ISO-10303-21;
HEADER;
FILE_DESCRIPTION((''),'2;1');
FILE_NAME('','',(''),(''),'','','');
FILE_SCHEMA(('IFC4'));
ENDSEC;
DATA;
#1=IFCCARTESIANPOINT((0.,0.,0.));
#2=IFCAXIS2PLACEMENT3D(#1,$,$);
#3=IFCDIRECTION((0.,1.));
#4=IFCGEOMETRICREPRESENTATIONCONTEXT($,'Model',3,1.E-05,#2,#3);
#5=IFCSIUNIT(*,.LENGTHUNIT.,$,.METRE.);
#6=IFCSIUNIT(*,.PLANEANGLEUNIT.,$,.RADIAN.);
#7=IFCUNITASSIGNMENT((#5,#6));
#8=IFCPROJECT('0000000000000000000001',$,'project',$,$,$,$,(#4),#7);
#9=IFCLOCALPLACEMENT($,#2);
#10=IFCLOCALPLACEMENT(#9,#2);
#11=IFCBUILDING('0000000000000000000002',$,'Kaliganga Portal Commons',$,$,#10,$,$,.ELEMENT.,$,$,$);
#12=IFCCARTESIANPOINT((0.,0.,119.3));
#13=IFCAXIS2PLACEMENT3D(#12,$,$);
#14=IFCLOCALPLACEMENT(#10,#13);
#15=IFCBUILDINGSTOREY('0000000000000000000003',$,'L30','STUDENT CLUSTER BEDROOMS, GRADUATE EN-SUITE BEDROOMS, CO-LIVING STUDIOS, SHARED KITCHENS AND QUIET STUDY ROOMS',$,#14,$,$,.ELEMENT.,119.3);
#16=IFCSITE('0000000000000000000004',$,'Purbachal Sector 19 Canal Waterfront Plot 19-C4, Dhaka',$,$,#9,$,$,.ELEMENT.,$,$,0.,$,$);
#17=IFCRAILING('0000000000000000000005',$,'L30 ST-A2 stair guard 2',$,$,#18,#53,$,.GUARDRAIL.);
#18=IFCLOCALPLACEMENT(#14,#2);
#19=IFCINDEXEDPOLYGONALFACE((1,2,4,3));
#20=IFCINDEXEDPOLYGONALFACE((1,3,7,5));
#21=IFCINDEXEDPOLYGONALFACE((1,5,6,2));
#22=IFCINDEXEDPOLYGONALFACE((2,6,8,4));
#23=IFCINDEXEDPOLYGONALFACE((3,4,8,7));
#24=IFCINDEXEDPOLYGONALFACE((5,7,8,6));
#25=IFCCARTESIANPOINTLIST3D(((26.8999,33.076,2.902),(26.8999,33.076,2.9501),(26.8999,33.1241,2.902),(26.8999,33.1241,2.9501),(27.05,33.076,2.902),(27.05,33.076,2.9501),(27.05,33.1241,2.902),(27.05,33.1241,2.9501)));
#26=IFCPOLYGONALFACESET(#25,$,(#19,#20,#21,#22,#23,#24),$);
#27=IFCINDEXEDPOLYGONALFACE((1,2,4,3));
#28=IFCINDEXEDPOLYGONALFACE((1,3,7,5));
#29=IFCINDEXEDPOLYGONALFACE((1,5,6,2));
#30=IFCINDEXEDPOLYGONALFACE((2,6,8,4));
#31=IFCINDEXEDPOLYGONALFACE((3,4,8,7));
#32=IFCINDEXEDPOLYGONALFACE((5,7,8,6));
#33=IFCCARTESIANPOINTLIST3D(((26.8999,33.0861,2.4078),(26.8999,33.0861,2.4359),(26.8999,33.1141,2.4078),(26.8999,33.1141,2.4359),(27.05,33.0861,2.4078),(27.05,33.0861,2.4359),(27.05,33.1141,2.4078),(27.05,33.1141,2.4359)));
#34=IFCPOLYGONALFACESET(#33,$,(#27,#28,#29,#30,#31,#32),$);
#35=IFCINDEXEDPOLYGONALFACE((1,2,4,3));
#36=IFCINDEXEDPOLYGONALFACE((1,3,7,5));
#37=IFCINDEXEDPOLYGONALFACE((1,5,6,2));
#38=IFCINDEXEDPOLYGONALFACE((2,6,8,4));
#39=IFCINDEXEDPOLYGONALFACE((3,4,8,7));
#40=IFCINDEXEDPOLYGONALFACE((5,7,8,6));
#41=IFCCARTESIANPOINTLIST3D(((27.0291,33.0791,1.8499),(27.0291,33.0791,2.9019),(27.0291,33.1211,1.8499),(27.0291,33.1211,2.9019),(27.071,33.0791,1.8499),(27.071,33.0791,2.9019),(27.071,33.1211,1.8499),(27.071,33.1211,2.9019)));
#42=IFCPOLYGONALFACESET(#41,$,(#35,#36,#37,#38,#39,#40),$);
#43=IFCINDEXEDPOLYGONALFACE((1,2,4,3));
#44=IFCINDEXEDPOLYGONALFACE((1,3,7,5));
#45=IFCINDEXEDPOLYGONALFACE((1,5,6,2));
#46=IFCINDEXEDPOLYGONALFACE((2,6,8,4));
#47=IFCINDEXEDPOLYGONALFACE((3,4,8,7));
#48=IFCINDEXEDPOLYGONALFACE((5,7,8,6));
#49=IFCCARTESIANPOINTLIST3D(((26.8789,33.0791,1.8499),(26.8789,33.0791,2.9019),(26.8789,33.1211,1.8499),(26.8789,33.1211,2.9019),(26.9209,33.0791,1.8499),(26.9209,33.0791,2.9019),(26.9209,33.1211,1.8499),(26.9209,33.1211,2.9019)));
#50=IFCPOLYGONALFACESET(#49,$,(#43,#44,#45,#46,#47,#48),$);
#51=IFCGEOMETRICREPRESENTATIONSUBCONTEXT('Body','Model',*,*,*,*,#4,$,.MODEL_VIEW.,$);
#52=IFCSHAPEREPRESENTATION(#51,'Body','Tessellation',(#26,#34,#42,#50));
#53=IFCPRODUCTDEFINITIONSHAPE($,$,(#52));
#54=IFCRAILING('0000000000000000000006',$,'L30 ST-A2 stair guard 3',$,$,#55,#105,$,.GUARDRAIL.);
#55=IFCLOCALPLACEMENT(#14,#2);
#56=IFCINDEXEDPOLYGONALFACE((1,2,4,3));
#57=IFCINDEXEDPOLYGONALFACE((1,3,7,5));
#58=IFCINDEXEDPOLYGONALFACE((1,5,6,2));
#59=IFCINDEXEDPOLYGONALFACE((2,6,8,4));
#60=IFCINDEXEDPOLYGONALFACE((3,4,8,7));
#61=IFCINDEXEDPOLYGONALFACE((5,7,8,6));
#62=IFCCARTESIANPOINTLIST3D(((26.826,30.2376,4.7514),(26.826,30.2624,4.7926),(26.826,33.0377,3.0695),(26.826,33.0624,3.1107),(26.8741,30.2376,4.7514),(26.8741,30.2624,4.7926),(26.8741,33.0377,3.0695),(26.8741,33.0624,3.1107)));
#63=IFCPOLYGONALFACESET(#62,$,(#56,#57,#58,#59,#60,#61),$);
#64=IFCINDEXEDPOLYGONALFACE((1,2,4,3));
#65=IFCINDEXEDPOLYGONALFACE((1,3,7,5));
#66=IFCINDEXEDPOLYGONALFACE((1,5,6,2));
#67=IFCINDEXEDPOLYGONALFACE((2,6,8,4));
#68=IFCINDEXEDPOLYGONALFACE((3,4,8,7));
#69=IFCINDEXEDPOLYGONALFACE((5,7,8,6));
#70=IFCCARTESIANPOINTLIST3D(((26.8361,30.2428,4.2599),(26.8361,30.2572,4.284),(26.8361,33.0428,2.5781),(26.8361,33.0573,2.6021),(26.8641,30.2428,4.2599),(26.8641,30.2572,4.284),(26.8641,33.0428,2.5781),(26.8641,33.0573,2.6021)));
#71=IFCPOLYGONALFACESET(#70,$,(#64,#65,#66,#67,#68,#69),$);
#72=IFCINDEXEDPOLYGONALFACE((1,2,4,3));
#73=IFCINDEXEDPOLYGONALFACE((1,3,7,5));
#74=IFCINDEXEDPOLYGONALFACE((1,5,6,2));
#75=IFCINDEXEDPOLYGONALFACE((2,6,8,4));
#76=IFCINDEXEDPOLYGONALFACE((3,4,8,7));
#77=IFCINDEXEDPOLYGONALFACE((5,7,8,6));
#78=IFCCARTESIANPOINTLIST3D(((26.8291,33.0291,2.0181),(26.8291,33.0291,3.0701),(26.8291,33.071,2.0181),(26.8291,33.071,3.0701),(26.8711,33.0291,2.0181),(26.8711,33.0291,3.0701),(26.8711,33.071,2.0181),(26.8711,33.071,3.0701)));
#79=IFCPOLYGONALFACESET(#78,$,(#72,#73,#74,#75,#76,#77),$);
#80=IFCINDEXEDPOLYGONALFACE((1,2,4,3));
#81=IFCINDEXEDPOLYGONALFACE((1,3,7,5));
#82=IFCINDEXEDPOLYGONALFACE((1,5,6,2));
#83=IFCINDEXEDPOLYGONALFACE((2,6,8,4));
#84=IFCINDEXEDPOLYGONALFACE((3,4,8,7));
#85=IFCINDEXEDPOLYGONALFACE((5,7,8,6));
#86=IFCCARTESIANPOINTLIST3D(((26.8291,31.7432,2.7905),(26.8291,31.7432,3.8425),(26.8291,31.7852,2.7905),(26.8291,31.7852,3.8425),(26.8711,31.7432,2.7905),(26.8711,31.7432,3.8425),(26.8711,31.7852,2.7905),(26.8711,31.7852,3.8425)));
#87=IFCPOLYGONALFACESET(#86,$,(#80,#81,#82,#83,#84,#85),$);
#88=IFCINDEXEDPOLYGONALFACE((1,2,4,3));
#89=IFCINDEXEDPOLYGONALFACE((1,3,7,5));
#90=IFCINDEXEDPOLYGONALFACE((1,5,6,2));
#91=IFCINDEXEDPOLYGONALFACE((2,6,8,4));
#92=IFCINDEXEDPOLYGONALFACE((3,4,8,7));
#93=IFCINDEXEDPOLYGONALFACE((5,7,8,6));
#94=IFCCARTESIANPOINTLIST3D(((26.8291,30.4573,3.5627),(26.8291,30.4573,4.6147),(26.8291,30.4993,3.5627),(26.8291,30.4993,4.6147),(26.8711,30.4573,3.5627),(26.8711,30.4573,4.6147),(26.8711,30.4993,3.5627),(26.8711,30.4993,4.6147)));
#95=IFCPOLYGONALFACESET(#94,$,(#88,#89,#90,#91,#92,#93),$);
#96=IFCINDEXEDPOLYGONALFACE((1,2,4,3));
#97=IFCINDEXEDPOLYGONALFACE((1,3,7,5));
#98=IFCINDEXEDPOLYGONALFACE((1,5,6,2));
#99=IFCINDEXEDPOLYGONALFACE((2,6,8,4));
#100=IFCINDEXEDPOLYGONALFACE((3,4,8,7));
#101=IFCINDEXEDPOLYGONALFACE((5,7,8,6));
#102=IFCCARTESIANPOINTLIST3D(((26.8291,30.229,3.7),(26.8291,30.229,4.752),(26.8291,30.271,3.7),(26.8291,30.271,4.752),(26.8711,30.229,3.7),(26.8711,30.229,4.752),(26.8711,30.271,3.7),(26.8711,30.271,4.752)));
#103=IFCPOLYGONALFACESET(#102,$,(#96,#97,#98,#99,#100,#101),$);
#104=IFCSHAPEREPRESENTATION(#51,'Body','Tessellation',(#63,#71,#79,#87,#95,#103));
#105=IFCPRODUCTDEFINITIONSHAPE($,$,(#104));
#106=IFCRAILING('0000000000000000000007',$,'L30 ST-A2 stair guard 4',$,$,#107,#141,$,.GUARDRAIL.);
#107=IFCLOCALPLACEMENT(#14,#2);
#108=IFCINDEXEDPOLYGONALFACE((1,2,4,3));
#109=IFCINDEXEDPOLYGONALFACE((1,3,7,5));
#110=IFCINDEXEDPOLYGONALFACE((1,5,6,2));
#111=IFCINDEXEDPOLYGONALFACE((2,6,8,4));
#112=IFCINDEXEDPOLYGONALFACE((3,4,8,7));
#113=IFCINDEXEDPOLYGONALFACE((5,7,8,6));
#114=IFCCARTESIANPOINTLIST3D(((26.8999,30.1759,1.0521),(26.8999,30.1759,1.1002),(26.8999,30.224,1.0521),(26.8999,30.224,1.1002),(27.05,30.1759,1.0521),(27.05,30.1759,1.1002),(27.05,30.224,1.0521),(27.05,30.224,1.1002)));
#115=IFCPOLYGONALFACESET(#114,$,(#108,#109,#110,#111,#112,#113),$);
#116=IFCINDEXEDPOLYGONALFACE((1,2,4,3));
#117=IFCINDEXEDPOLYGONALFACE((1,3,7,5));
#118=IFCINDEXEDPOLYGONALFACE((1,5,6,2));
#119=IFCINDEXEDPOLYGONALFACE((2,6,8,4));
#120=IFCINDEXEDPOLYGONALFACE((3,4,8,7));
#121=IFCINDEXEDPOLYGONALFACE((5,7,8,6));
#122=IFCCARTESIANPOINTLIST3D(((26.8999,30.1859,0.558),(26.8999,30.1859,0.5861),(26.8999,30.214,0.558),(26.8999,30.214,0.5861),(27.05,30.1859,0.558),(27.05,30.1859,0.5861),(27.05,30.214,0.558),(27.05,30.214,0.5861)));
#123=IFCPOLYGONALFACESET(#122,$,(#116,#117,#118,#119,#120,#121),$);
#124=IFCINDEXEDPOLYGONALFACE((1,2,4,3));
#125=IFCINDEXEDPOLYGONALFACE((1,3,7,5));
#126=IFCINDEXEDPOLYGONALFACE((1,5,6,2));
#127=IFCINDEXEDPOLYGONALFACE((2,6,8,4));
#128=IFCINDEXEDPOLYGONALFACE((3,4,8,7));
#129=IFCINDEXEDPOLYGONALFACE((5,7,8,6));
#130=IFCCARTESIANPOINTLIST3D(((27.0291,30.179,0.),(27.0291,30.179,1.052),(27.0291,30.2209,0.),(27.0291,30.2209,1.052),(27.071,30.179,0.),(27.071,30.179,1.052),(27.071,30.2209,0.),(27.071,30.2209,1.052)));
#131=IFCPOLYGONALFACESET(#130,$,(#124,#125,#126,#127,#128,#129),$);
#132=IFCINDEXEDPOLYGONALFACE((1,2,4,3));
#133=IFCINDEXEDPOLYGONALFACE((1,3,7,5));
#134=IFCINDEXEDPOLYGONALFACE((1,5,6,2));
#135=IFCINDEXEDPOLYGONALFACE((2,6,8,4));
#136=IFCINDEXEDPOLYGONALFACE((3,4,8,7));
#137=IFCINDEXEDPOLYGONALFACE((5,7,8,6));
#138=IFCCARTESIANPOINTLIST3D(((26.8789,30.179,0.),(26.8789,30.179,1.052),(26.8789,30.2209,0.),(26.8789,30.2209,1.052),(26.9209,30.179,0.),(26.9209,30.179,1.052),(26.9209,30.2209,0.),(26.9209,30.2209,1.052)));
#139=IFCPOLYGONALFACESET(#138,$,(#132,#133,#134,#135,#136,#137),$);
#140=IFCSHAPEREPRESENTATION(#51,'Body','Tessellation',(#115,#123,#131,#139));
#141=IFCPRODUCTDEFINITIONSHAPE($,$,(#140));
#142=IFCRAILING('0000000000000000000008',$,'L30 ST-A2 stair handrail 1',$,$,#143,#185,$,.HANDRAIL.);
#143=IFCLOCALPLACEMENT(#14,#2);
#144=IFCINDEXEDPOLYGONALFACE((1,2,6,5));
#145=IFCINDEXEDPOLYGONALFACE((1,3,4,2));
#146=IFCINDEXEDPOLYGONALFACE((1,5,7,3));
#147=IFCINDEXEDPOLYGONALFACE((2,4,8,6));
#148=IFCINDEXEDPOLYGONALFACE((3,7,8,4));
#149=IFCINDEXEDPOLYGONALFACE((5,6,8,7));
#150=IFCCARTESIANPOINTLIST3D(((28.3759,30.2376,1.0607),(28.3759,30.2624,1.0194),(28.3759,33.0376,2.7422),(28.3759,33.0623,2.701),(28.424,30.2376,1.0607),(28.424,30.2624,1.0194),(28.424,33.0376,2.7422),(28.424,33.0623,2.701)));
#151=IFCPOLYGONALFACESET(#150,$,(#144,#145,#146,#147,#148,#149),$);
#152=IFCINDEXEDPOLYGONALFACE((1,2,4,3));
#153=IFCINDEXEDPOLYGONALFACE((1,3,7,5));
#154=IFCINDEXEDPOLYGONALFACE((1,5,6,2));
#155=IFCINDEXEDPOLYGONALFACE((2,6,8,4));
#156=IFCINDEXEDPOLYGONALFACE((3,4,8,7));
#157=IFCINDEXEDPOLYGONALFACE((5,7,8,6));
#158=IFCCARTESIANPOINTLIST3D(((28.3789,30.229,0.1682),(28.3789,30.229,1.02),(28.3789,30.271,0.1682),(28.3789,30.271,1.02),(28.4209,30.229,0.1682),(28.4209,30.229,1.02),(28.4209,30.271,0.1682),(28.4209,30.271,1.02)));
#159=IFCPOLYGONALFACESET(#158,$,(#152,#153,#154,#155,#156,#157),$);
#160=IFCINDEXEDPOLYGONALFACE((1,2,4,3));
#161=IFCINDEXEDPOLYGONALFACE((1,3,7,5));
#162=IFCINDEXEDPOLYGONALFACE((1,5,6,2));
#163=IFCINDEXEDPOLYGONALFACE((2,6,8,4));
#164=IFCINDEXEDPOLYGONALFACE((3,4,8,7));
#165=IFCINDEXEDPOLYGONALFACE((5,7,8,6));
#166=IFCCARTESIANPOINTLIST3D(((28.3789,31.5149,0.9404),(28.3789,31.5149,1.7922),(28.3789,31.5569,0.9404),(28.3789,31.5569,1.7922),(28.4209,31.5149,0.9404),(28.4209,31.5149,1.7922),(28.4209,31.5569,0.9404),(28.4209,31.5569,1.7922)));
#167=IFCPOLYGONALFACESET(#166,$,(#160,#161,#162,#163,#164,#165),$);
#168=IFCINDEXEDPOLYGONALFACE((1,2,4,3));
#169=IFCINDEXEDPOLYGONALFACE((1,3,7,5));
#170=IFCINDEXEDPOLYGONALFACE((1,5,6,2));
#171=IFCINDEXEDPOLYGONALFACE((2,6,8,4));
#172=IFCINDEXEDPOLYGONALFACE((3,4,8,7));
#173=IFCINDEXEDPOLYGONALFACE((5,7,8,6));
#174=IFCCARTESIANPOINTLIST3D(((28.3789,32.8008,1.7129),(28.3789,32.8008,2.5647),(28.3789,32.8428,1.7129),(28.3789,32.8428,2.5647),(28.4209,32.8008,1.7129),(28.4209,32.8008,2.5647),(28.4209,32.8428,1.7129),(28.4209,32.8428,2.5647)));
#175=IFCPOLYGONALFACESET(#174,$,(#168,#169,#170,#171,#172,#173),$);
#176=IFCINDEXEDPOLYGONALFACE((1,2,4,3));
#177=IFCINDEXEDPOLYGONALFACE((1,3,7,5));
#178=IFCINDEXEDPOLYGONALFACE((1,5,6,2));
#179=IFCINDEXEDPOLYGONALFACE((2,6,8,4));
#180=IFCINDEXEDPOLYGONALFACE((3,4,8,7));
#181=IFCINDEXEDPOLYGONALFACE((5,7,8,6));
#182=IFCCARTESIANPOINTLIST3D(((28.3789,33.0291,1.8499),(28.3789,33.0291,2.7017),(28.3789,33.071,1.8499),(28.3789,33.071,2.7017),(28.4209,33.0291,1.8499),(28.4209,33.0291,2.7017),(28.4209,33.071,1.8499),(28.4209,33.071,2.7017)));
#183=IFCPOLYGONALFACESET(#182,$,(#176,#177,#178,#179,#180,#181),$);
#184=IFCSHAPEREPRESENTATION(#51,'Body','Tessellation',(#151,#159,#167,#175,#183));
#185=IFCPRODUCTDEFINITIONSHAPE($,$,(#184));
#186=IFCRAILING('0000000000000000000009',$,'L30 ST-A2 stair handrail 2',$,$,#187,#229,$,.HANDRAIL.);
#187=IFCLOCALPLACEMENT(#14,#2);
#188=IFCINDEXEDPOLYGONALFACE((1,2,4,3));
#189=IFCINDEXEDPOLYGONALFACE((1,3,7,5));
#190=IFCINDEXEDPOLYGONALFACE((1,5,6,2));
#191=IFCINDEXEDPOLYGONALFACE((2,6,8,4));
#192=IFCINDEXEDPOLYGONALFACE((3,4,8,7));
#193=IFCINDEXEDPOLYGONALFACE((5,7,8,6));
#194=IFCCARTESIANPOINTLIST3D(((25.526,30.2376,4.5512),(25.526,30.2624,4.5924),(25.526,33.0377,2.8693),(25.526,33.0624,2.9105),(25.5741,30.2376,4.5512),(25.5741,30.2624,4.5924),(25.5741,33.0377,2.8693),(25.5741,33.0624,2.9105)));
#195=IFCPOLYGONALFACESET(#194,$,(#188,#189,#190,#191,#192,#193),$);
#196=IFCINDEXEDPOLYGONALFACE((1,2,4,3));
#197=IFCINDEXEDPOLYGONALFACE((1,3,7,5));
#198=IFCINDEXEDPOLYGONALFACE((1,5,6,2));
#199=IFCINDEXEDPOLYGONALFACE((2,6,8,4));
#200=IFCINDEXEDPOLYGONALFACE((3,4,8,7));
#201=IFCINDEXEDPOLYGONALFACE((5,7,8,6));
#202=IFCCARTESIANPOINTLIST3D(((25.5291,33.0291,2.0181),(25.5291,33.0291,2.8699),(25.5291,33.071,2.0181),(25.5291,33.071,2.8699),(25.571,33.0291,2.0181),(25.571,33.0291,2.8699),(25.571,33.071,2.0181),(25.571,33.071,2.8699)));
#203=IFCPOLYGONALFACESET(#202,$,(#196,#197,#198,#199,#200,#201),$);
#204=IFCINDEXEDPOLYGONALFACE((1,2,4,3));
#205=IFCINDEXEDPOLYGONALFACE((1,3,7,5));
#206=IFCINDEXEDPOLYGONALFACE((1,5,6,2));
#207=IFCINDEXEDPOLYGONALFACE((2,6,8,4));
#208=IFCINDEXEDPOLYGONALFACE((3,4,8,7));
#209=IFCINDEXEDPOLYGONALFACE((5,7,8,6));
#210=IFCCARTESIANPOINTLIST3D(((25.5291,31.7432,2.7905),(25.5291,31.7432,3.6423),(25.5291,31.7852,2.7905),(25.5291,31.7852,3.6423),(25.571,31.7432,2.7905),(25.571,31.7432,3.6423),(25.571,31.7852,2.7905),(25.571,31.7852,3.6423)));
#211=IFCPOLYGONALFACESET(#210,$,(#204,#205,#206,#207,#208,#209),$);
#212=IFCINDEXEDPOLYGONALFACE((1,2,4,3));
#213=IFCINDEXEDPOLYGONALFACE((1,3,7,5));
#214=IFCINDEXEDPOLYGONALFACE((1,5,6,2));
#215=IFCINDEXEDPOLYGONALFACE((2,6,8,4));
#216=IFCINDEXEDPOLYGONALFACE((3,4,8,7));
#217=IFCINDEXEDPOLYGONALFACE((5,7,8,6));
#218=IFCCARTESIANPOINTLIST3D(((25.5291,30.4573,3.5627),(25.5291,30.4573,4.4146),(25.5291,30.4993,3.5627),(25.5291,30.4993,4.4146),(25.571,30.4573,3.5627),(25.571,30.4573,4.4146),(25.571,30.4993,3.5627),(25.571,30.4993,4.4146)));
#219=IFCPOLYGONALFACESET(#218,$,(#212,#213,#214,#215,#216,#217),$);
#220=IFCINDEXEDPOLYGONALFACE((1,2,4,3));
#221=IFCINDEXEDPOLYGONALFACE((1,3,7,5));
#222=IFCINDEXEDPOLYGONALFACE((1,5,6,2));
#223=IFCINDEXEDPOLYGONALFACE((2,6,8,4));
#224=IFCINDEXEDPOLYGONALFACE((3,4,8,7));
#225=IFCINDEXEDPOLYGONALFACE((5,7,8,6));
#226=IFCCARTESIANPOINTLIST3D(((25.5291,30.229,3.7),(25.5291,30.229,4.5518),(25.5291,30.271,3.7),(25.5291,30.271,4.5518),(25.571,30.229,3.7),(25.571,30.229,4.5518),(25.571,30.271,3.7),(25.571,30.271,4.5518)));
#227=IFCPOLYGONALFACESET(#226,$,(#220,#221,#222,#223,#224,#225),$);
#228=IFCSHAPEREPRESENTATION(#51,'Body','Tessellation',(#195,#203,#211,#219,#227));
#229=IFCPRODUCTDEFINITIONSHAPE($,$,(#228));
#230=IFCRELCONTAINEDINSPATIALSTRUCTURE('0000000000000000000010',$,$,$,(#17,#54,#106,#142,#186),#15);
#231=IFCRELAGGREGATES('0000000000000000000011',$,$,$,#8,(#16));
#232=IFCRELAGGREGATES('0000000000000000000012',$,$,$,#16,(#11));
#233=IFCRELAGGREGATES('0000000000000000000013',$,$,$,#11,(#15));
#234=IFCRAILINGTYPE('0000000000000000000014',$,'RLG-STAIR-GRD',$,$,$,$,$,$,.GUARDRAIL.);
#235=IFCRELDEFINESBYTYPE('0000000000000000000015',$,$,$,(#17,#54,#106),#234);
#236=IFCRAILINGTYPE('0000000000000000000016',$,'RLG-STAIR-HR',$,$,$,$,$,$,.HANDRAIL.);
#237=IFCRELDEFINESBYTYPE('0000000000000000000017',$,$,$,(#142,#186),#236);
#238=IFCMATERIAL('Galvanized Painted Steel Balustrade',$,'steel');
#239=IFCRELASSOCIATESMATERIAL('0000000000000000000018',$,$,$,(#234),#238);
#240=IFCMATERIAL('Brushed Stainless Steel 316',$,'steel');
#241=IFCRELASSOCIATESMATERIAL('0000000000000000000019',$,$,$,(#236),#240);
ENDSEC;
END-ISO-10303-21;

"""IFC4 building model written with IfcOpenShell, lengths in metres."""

from ifc_helpers import new_model, si_unit, direction, frame, origin, origin_2d, place, context, subcontext, project, spatial, rectangle, extrude, material, type_object, element, save


model = new_model("IFC4")

# Units and contexts
model_context = context("Model", 3, precision=1e-05, world=origin(), true_north=direction((0.0, 1.0)))
body_context = subcontext(model_context, "Body", "Model", "MODEL_VIEW")
ifc_project = project(units=[si_unit("LENGTHUNIT", "METRE"), si_unit("PLANEANGLEUNIT", "RADIAN")], contexts=[model_context])

# Site, building, storey
site_placement = place(None, origin())
site = spatial("IfcSite", under=ifc_project, at=site_placement, Name="Purbachal Sector 19 Canal Waterfront Plot 19-C4, Dhaka", CompositionType="ELEMENT", RefElevation=0.0)
building_placement = place(site_placement, origin())
building = spatial("IfcBuilding", under=site, at=building_placement, Name="Kaliganga Portal Commons", CompositionType="ELEMENT")
storey_placement = place(building_placement, frame((0.0, 0.0, 119.3)))
storey = spatial("IfcBuildingStorey", under=building, at=storey_placement, Name="L30", Description="STUDENT CLUSTER BEDROOMS, GRADUATE EN-SUITE BEDROOMS, CO-LIVING STUDIOS, SHARED KITCHENS AND QUIET STUDY ROOMS", CompositionType="ELEMENT", Elevation=119.3)

# Railings
ifc_material_1 = material(Name="Galvanized Painted Steel Balustrade", Category="steel")
railing_type_1 = type_object("IfcRailingType", Name="RLG-STAIR-GRD", PredefinedType="GUARDRAIL", material=ifc_material_1)
railing_1_placement = place(storey_placement, frame((27.05, 33.1001, 1.8499)))
element("IfcRailing", 1, at=railing_1_placement, inside=storey, type_object=railing_type_1, Name="L30 ST-A2 stair guard 2", PredefinedType="GUARDRAIL", context=body_context, shape_type="SweptSolid", body=[
    extrude(rectangle(XDim=0.0481, YDim=0.0481, at=origin_2d()), frame((0.0, 0.0, 1.0762), z_axis=(-1.0, 0.0, 0.0), x_axis=(0.0, -1.0, 0.0)), (0.0, 0.0, 1.0), 0.1501),
    extrude(rectangle(XDim=0.0281, YDim=0.0281, at=origin_2d()), frame((0.0, 0.0, 0.572), z_axis=(-1.0, 0.0, 0.0), x_axis=(0.0, -1.0, 0.0)), (0.0, 0.0, 1.0), 0.1501),
    extrude(rectangle(XDim=0.042, YDim=0.042, at=origin_2d()), origin(), (0.0, 0.0, 1.0), 1.052),
    extrude(rectangle(XDim=0.042, YDim=0.042, at=origin_2d()), frame((-0.1501, 0.0, 0.0)), (0.0, 0.0, 1.0), 1.052),
])
railing_2_placement = place(storey_placement, frame((26.8501, 33.05, 2.0181)))
element("IfcRailing", 2, at=railing_2_placement, inside=storey, type_object=railing_type_1, Name="L30 ST-A2 stair guard 3", PredefinedType="GUARDRAIL", context=body_context, shape_type="SweptSolid", body=[
    extrude(rectangle(XDim=0.0481, YDim=0.0481, at=origin_2d()), frame((0.0, 0.0, 1.072), z_axis=(0.0, -0.857242, 0.514913), x_axis=(1.0, 0.0, 0.0)), (0.0, 0.0, 1.0), 3.2664),
    extrude(rectangle(XDim=0.0281, YDim=0.0281, at=origin_2d()), frame((0.0, 0.0, 0.572), z_axis=(0.0, -0.857242, 0.514913), x_axis=(1.0, 0.0, 0.0)), (0.0, 0.0, 1.0), 3.2664),
    extrude(rectangle(XDim=0.042, YDim=0.042, at=origin_2d()), origin(), (0.0, 0.0, 1.0), 1.052),
    extrude(rectangle(XDim=0.042, YDim=0.042, at=origin_2d()), frame((0.0, -1.2859, 0.7725)), (0.0, 0.0, 1.0), 1.052),
    extrude(rectangle(XDim=0.042, YDim=0.042, at=origin_2d()), frame((0.0, -2.5718, 1.5447)), (0.0, 0.0, 1.0), 1.052),
    extrude(rectangle(XDim=0.042, YDim=0.042, at=origin_2d()), frame((0.0, -2.8, 1.6819)), (0.0, 0.0, 1.0), 1.052),
])
railing_3_placement = place(storey_placement, frame((27.05, 30.2, 0.0)))
element("IfcRailing", 3, at=railing_3_placement, inside=storey, type_object=railing_type_1, Name="L30 ST-A2 stair guard 4", PredefinedType="GUARDRAIL", context=body_context, shape_type="SweptSolid", body=[
    extrude(rectangle(XDim=0.0481, YDim=0.0481, at=origin_2d()), frame((0.0, 0.0, 1.0762), z_axis=(-1.0, 0.0, 0.0), x_axis=(0.0, -1.0, 0.0)), (0.0, 0.0, 1.0), 0.1501),
    extrude(rectangle(XDim=0.0281, YDim=0.0281, at=origin_2d()), frame((0.0, 0.0, 0.572), z_axis=(-1.0, 0.0, 0.0), x_axis=(0.0, -1.0, 0.0)), (0.0, 0.0, 1.0), 0.1501),
    extrude(rectangle(XDim=0.042, YDim=0.042, at=origin_2d()), origin(), (0.0, 0.0, 1.0), 1.052),
    extrude(rectangle(XDim=0.042, YDim=0.042, at=origin_2d()), frame((-0.1501, 0.0, 0.0)), (0.0, 0.0, 1.0), 1.052),
])
ifc_material_2 = material(Name="Brushed Stainless Steel 316", Category="steel")
railing_type_2 = type_object("IfcRailingType", Name="RLG-STAIR-HR", PredefinedType="HANDRAIL", material=ifc_material_2)
railing_4_placement = place(storey_placement, frame((28.3999, 30.25, 0.1682)))
element("IfcRailing", 4, at=railing_4_placement, inside=storey, type_object=railing_type_2, Name="L30 ST-A2 stair handrail 1", PredefinedType="HANDRAIL", context=body_context, shape_type="SweptSolid", body=[
    extrude(rectangle(XDim=0.0481, YDim=0.0481, at=origin_2d()), frame((0.0, 0.0, 0.8718), z_axis=(0.0, 0.857275, 0.514858), x_axis=(-1.0, 0.0, 0.0)), (0.0, 0.0, 1.0), 3.2661),
    extrude(rectangle(XDim=0.042, YDim=0.042, at=origin_2d()), origin(), (0.0, 0.0, 1.0), 0.8518),
    extrude(rectangle(XDim=0.042, YDim=0.042, at=origin_2d()), frame((0.0, 1.2859, 0.7722)), (0.0, 0.0, 1.0), 0.8518),
    extrude(rectangle(XDim=0.042, YDim=0.042, at=origin_2d()), frame((0.0, 2.5718, 1.5447)), (0.0, 0.0, 1.0), 0.8518),
    extrude(rectangle(XDim=0.042, YDim=0.042, at=origin_2d()), frame((0.0, 2.8, 1.6816)), (0.0, 0.0, 1.0), 0.8518),
])
railing_5_placement = place(storey_placement, frame((25.55, 33.05, 2.0181)))
element("IfcRailing", 5, at=railing_5_placement, inside=storey, type_object=railing_type_2, Name="L30 ST-A2 stair handrail 2", PredefinedType="HANDRAIL", context=body_context, shape_type="SweptSolid", body=[
    extrude(rectangle(XDim=0.0481, YDim=0.0481, at=origin_2d()), frame((0.0, 0.0, 0.8718), z_axis=(0.0, -0.857242, 0.514913), x_axis=(1.0, 0.0, 0.0)), (0.0, 0.0, 1.0), 3.2664),
    extrude(rectangle(XDim=0.042, YDim=0.042, at=origin_2d()), origin(), (0.0, 0.0, 1.0), 0.8518),
    extrude(rectangle(XDim=0.042, YDim=0.042, at=origin_2d()), frame((0.0, -1.2859, 0.7725)), (0.0, 0.0, 1.0), 0.8518),
    extrude(rectangle(XDim=0.042, YDim=0.042, at=origin_2d()), frame((0.0, -2.5718, 1.5447)), (0.0, 0.0, 1.0), 0.8518),
    extrude(rectangle(XDim=0.042, YDim=0.042, at=origin_2d()), frame((0.0, -2.8, 1.6819)), (0.0, 0.0, 1.0), 0.8518),
])

save(model, "model.ifc")
